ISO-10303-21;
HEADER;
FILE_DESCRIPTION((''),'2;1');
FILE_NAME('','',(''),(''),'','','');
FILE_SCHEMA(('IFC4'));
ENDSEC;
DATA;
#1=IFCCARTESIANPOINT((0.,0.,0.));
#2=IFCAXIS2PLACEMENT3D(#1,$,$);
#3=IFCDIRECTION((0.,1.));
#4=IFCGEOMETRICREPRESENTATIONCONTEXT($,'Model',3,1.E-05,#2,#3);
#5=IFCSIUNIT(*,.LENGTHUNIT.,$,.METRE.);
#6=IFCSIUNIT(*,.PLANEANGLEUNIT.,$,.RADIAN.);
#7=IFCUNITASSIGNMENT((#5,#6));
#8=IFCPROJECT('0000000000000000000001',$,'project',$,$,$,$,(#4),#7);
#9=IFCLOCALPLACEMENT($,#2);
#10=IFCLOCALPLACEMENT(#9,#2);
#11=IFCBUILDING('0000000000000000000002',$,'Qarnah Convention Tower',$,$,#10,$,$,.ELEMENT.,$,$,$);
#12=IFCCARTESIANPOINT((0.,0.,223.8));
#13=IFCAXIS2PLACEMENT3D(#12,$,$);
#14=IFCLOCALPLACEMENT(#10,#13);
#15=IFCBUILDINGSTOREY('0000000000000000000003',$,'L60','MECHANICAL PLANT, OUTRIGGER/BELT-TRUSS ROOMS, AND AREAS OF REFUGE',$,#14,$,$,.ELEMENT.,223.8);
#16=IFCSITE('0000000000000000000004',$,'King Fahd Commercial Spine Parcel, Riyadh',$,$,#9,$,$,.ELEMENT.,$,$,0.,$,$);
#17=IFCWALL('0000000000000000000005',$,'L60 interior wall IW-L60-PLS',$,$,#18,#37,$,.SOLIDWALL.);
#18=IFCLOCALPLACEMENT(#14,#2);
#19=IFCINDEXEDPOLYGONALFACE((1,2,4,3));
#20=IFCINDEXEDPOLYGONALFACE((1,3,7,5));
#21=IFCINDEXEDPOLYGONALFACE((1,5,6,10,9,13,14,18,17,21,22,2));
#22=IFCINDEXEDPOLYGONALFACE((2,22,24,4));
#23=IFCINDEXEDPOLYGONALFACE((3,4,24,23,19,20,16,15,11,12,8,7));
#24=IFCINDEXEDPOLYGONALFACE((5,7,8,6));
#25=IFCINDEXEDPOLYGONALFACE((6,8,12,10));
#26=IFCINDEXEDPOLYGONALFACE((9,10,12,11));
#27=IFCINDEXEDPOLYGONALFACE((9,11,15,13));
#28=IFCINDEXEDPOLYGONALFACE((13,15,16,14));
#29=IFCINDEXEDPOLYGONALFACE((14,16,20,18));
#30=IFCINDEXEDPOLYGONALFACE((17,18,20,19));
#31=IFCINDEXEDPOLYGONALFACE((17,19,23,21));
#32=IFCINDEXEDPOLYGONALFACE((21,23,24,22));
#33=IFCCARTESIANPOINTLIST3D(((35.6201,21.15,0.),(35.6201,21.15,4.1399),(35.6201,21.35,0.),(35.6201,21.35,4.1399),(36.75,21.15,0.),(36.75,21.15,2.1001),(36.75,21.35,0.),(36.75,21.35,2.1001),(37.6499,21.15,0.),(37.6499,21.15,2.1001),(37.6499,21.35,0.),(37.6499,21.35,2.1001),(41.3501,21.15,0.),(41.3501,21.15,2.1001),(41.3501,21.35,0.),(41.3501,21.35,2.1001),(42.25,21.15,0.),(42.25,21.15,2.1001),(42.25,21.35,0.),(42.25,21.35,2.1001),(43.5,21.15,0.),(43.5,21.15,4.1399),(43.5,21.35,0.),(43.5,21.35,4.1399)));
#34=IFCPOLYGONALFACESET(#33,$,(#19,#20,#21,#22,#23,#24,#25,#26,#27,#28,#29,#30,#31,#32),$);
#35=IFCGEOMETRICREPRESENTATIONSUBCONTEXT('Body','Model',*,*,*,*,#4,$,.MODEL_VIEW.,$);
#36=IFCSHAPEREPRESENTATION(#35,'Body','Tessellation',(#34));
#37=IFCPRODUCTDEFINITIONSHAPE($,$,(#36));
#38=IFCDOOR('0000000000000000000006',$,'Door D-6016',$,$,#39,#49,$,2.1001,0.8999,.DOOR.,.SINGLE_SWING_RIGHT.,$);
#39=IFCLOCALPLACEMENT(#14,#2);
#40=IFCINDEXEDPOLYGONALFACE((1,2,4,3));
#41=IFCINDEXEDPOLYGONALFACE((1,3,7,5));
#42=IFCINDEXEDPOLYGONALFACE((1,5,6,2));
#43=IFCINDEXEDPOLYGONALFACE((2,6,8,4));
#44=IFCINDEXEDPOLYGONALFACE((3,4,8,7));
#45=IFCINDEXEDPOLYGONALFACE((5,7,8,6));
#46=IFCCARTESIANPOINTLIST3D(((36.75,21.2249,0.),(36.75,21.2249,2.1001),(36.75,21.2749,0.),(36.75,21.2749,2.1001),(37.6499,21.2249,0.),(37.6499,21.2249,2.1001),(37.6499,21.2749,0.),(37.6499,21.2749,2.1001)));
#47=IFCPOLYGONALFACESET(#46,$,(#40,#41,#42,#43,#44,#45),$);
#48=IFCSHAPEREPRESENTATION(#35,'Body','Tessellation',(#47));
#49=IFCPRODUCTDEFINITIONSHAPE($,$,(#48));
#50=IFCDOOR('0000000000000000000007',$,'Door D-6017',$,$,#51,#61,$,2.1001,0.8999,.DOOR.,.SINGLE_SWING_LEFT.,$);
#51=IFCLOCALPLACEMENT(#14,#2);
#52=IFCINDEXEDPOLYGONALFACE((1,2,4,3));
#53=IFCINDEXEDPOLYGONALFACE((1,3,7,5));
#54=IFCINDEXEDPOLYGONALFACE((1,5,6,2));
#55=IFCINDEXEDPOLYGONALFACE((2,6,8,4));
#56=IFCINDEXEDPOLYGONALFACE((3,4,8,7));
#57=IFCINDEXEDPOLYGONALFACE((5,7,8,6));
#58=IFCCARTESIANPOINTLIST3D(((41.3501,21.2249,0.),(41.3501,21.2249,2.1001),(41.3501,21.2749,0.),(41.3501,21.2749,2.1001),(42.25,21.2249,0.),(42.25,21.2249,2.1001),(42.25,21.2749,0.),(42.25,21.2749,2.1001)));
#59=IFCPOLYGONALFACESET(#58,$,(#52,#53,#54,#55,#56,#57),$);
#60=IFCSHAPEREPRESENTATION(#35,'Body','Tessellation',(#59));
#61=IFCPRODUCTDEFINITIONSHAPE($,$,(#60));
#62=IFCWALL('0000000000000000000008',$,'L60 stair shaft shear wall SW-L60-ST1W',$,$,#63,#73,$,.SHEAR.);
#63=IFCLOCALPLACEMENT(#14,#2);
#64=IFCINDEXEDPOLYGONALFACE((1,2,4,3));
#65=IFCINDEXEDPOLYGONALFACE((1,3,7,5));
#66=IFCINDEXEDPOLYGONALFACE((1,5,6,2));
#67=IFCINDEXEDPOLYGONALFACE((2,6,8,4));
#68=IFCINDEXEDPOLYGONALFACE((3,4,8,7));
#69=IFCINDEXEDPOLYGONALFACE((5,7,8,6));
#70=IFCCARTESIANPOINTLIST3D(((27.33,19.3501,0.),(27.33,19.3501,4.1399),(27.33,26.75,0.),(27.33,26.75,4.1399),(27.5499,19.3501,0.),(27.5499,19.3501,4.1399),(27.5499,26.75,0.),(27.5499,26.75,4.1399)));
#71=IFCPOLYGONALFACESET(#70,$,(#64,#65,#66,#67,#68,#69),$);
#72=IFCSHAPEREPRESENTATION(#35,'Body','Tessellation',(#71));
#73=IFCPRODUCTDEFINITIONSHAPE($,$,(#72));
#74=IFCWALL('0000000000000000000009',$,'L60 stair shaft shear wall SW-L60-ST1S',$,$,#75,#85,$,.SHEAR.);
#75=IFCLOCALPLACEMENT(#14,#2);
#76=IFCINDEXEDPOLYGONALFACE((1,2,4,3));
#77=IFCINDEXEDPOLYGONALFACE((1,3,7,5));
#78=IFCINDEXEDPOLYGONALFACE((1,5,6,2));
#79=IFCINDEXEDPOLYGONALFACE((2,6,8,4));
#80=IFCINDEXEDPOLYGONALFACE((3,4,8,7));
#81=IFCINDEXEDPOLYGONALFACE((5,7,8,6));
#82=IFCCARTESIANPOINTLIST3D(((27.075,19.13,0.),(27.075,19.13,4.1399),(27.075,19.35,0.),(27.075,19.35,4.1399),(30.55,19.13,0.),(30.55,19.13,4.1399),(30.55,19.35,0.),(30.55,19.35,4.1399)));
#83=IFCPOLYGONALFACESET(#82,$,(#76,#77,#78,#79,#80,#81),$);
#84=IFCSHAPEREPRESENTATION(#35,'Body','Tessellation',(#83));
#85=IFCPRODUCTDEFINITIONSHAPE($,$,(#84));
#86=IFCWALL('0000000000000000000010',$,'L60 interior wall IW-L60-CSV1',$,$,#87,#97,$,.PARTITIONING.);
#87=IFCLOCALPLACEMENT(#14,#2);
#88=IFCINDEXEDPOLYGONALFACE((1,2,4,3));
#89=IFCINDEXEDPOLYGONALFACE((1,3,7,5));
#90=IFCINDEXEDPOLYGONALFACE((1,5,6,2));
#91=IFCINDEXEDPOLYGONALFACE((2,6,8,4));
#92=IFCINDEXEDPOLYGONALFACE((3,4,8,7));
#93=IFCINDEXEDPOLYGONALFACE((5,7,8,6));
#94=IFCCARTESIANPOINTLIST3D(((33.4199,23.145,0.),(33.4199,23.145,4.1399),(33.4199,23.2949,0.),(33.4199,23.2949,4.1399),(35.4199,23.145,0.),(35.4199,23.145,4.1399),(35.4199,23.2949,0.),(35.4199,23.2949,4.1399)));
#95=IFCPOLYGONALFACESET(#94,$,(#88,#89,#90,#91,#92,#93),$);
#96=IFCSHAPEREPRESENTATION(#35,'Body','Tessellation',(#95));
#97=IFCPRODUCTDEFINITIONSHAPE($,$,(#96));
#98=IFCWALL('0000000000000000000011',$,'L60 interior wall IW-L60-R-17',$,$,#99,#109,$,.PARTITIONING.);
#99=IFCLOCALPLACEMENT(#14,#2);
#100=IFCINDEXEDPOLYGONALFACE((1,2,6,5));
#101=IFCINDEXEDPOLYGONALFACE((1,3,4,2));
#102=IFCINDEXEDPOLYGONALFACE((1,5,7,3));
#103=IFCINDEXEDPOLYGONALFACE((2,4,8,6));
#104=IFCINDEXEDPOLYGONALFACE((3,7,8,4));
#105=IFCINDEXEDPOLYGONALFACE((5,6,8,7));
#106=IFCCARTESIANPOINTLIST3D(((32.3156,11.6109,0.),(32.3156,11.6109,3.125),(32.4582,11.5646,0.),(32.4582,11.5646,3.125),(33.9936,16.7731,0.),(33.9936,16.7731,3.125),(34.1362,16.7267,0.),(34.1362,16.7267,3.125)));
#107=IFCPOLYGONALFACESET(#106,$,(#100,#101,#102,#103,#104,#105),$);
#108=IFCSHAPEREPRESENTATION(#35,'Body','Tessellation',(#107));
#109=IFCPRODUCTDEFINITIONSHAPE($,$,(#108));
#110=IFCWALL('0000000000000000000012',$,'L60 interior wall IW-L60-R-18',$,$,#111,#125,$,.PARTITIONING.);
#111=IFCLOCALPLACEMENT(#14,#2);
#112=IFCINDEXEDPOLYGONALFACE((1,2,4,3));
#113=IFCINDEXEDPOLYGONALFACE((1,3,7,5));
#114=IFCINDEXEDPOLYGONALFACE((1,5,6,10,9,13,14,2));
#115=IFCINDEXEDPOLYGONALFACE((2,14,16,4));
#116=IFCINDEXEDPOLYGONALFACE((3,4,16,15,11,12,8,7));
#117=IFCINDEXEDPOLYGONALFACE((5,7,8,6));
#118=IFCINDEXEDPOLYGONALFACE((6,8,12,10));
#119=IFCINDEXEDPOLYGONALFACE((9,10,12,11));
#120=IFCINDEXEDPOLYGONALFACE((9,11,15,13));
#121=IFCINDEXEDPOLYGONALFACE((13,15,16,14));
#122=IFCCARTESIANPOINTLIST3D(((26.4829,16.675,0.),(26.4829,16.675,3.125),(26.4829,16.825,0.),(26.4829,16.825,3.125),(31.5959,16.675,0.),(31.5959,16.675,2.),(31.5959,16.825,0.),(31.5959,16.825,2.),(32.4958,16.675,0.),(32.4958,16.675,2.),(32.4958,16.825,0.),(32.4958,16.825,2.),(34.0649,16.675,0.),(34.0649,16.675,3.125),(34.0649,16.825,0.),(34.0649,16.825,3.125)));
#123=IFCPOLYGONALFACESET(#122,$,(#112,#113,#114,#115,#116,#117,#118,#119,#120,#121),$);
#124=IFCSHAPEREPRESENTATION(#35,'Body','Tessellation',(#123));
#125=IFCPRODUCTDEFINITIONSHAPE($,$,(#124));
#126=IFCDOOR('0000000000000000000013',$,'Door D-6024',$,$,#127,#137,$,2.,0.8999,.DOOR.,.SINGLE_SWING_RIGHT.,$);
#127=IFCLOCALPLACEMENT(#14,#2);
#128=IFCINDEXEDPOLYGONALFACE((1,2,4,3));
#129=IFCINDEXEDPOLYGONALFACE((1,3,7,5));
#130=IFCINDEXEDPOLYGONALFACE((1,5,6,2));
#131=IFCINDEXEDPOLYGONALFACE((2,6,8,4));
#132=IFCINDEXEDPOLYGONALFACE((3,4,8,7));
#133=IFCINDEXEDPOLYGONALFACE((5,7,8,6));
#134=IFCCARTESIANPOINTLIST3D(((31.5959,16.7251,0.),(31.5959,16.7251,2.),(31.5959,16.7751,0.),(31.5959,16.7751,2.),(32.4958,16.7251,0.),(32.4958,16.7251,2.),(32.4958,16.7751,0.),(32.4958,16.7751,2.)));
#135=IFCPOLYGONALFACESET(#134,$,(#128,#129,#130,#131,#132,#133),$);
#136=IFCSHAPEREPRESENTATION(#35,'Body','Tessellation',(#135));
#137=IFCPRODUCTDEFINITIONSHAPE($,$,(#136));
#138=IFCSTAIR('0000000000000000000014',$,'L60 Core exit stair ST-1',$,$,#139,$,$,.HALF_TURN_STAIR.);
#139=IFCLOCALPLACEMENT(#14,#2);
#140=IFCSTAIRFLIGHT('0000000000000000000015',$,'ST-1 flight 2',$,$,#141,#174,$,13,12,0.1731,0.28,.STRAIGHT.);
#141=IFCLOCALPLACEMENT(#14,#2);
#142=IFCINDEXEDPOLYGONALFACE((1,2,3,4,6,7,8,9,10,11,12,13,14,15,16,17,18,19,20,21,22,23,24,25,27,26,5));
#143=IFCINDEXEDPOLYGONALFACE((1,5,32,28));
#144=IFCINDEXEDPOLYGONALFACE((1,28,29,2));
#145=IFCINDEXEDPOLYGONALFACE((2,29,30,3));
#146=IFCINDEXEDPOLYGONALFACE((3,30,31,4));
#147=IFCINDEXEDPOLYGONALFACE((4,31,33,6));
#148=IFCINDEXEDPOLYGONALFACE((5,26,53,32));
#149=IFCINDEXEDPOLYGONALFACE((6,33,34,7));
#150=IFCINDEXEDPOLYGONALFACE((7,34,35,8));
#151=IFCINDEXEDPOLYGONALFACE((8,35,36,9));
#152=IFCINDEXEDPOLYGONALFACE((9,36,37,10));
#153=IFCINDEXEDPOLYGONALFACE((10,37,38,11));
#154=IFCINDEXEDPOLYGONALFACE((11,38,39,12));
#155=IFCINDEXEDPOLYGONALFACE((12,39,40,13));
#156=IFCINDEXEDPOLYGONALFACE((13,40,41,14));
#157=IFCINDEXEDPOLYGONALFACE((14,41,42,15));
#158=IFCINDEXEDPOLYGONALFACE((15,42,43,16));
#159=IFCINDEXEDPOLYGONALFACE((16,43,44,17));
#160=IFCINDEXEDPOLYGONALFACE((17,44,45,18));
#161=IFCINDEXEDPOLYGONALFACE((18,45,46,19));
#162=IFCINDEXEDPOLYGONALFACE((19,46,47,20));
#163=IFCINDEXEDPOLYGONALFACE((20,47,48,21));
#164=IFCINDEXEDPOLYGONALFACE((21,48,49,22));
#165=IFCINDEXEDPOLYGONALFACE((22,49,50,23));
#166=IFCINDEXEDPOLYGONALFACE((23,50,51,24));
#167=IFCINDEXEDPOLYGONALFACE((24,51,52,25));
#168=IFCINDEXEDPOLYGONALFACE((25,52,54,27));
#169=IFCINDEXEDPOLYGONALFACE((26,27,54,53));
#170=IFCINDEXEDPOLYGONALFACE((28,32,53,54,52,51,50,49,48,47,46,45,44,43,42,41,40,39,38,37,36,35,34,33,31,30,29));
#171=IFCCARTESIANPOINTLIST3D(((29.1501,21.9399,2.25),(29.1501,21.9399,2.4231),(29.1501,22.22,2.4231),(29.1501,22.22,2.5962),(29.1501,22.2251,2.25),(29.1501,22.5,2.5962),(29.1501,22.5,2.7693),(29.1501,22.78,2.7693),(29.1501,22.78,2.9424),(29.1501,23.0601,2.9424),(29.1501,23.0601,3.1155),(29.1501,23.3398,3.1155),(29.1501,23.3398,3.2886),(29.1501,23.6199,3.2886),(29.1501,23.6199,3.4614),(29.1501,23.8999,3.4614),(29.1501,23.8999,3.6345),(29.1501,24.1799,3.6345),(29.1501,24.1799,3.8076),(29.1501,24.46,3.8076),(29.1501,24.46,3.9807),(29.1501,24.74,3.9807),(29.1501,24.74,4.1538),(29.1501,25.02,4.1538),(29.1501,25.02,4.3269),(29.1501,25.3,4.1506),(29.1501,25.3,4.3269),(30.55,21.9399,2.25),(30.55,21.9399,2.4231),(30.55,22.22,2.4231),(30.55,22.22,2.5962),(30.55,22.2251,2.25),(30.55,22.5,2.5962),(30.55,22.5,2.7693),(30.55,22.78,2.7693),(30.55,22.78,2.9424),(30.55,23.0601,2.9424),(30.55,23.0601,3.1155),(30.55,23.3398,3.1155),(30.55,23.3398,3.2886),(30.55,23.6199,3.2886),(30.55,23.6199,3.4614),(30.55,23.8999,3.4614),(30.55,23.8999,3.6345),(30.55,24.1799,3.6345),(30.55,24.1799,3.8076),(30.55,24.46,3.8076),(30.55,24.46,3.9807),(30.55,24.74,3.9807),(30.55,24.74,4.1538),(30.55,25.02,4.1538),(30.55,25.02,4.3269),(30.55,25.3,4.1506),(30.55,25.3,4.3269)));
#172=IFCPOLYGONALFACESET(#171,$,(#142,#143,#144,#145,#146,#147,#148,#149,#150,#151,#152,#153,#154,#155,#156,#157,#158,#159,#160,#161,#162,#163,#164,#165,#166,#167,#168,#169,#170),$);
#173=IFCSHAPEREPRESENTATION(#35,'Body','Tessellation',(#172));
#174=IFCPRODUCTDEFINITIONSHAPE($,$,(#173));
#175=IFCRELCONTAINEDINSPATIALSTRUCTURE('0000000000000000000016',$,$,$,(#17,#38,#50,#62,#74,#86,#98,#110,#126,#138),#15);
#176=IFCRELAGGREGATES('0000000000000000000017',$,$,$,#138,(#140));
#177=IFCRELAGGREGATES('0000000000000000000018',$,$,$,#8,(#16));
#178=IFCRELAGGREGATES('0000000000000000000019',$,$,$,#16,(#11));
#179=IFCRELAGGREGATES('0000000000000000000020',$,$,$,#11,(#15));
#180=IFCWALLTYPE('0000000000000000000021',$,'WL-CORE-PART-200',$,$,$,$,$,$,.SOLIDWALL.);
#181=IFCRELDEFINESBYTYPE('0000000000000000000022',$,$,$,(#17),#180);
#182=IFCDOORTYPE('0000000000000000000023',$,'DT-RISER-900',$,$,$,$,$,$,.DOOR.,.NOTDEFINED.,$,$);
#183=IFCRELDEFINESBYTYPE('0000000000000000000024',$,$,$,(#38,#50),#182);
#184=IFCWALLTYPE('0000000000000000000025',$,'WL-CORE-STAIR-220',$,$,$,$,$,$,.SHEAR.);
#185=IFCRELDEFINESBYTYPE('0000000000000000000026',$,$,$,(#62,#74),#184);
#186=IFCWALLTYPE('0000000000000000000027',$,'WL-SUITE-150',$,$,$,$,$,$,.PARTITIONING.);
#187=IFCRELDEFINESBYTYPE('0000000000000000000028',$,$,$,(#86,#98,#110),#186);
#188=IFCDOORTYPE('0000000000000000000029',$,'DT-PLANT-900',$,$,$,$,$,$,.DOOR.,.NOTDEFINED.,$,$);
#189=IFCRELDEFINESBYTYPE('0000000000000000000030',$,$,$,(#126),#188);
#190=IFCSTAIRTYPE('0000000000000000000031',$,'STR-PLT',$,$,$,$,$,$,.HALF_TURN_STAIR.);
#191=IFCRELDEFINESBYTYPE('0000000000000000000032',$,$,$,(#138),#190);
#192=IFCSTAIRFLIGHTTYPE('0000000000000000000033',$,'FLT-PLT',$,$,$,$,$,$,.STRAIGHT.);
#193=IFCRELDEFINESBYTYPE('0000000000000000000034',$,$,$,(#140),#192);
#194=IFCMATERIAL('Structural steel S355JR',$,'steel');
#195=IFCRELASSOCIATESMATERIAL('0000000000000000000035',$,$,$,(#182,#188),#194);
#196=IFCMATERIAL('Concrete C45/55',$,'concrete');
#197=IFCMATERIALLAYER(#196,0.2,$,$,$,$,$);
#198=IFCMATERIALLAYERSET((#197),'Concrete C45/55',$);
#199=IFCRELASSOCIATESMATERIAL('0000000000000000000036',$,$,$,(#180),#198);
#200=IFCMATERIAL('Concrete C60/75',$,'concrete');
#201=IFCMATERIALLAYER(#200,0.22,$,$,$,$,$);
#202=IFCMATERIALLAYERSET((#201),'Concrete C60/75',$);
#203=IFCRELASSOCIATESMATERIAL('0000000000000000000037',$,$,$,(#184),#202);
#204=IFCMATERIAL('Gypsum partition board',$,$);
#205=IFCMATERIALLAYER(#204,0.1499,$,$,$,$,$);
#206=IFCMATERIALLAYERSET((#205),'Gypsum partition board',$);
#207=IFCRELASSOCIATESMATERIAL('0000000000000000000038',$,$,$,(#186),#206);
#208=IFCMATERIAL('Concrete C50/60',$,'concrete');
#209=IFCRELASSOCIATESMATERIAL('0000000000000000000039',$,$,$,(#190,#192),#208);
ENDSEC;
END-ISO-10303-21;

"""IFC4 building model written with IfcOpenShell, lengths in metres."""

from ifc_helpers import new_model, si_unit, direction, frame, frame_2d, origin, place, context, subcontext, project, spatial, polyline, rectangle, outline, extrude, material, layer, layer_set, type_object, element, fill, aggregate, save


model = new_model("IFC4")

# Units and contexts
model_context = context("Model", 3, precision=1e-05, world=origin(), true_north=direction((0.0, 1.0)))
body_context = subcontext(model_context, "Body", "Model", "MODEL_VIEW")
ifc_project = project(units=[si_unit("LENGTHUNIT", "METRE"), si_unit("PLANEANGLEUNIT", "RADIAN")], contexts=[model_context])

# Site, building, storey
site_placement = place(None, origin())
site = spatial("IfcSite", under=ifc_project, at=site_placement, Name="King Fahd Commercial Spine Parcel, Riyadh", CompositionType="ELEMENT", RefElevation=0.0)
building_placement = place(site_placement, origin())
building = spatial("IfcBuilding", under=site, at=building_placement, Name="Qarnah Convention Tower", CompositionType="ELEMENT")
storey_placement = place(building_placement, frame((0.0, 0.0, 223.8)))
storey = spatial("IfcBuildingStorey", under=building, at=storey_placement, Name="L60", Description="MECHANICAL PLANT, OUTRIGGER/BELT-TRUSS ROOMS, AND AREAS OF REFUGE", CompositionType="ELEMENT", Elevation=223.8)

# Shared definitions
ifc_material_1 = material(Name="Concrete C50/60", Category="concrete")

# Shared definitions
ifc_material_2 = material(Name="Structural steel S355JR", Category="steel")

# Shared definitions
ifc_material_3 = material(Name="Concrete C60/75", Category="concrete")
door_type_1 = type_object("IfcDoorType", Name="DT-RISER-900", OperationType="NOTDEFINED", PredefinedType="DOOR", material=ifc_material_2)
ifc_material_4 = material(Name="Concrete C45/55", Category="concrete")
ifc_layer_1 = layer(ifc_material_4, 0.2)
ifc_layer_set_1 = layer_set([ifc_layer_1], Name="Concrete C45/55")
wall_type_1 = type_object("IfcWallType", Name="WL-CORE-PART-200", PredefinedType="SOLIDWALL", material=ifc_layer_set_1)

# Wall, openings, doors
wall_1_placement = place(storey_placement, frame((35.6201, 21.25, 0.0), z_axis=(0.0, 0.0, 1.0), x_axis=(1.0, 0.0, 0.0)))
wall_1 = element("IfcWall", 1, at=wall_1_placement, inside=storey, type_object=wall_type_1, Name="L60 interior wall IW-L60-PLS", PredefinedType="SOLIDWALL", context=body_context, shape_type="SweptSolid", body=[
    extrude(rectangle(XDim=7.8799, YDim=0.2, at=frame_2d((3.9399, 0.0))), origin(), (0.0, 0.0, 1.0), 4.1399),
])
opening_1_placement = place(wall_1_placement, frame((1.1299, 0.0, 0.0)))
opening_1 = element("IfcOpeningElement", 2, at=opening_1_placement, cuts=wall_1, PredefinedType="OPENING", context=body_context, shape_type="SweptSolid", body=[
    extrude(rectangle(XDim=0.8999, YDim=2.1001, at=frame_2d((0.45, 1.05))), frame((0.0, 0.1099, 0.0), z_axis=(0.0, -1.0, 0.0), x_axis=(1.0, 0.0, 0.0)), (0.0, 0.0, 1.0), 0.22),
])
opening_2_placement = place(wall_1_placement, frame((5.73, 0.0, 0.0)))
opening_2 = element("IfcOpeningElement", 3, at=opening_2_placement, cuts=wall_1, PredefinedType="OPENING", context=body_context, shape_type="SweptSolid", body=[
    extrude(rectangle(XDim=0.8999, YDim=2.1001, at=frame_2d((0.45, 1.05))), frame((0.0, 0.1099, 0.0), z_axis=(0.0, -1.0, 0.0), x_axis=(1.0, 0.0, 0.0)), (0.0, 0.0, 1.0), 0.22),
])
door_1_placement = place(opening_1_placement, origin())
door_1 = element("IfcDoor", 4, at=door_1_placement, inside=storey, type_object=door_type_1, Name="Door D-6016", OperationType="SINGLE_SWING_RIGHT", OverallHeight=2.1001, OverallWidth=0.8999, PredefinedType="DOOR", context=body_context, shape_type="SweptSolid", body=[
    extrude(rectangle(XDim=0.8999, YDim=2.1001, at=frame_2d((0.45, 1.05))), frame((0.0, 0.0249, 0.0), z_axis=(0.0, -1.0, 0.0), x_axis=(1.0, 0.0, 0.0)), (0.0, 0.0, 1.0), 0.05),
])
fill(opening_1, door_1)
door_2_placement = place(opening_2_placement, origin())
door_2 = element("IfcDoor", 5, at=door_2_placement, inside=storey, type_object=door_type_1, Name="Door D-6017", OperationType="SINGLE_SWING_LEFT", OverallHeight=2.1001, OverallWidth=0.8999, PredefinedType="DOOR", context=body_context, shape_type="SweptSolid", body=[
    extrude(rectangle(XDim=0.8999, YDim=2.1001, at=frame_2d((0.45, 1.05))), frame((0.0, 0.0249, 0.0), z_axis=(0.0, -1.0, 0.0), x_axis=(1.0, 0.0, 0.0)), (0.0, 0.0, 1.0), 0.05),
])
fill(opening_2, door_2)

# Walls
ifc_layer_2 = layer(ifc_material_3, 0.22)
ifc_layer_set_2 = layer_set([ifc_layer_2], Name="Concrete C60/75")
wall_type_2 = type_object("IfcWallType", Name="WL-CORE-STAIR-220", PredefinedType="SHEAR", material=ifc_layer_set_2)
wall_2_placement = place(storey_placement, frame((27.4399, 19.3501, 0.0), z_axis=(0.0, 0.0, 1.0), x_axis=(0.0, 1.0, 0.0)))
element("IfcWall", 6, at=wall_2_placement, inside=storey, type_object=wall_type_2, Name="L60 stair shaft shear wall SW-L60-ST1W", PredefinedType="SHEAR", context=body_context, shape_type="SweptSolid", body=[
    extrude(rectangle(XDim=7.3999, YDim=0.22, at=frame_2d((3.7, 0.0))), origin(), (0.0, 0.0, 1.0), 4.1399),
])
wall_3_placement = place(storey_placement, frame((27.075, 19.24, 0.0), z_axis=(0.0, 0.0, 1.0), x_axis=(1.0, 0.0, 0.0)))
element("IfcWall", 7, at=wall_3_placement, inside=storey, type_object=wall_type_2, Name="L60 stair shaft shear wall SW-L60-ST1S", PredefinedType="SHEAR", context=body_context, shape_type="SweptSolid", body=[
    extrude(rectangle(XDim=3.4751, YDim=0.22, at=frame_2d((1.7375, 0.0))), origin(), (0.0, 0.0, 1.0), 4.1399),
])
ifc_material_5 = material(Name="Gypsum partition board")
ifc_layer_3 = layer(ifc_material_5, 0.1499)
ifc_layer_set_3 = layer_set([ifc_layer_3], Name="Gypsum partition board")
wall_type_3 = type_object("IfcWallType", Name="WL-SUITE-150", PredefinedType="PARTITIONING", material=ifc_layer_set_3)
wall_4_placement = place(storey_placement, frame((33.4199, 23.22, 0.0), z_axis=(0.0, 0.0, 1.0), x_axis=(1.0, 0.0, 0.0)))
element("IfcWall", 8, at=wall_4_placement, inside=storey, type_object=wall_type_3, Name="L60 interior wall IW-L60-CSV1", PredefinedType="PARTITIONING", context=body_context, shape_type="SweptSolid", body=[
    extrude(rectangle(XDim=2.0, YDim=0.1499, at=frame_2d((1.0, 0.0))), origin(), (0.0, 0.0, 1.0), 4.1399),
])
wall_5_placement = place(storey_placement, frame((32.387, 11.5879, 0.0), z_axis=(0.0, 0.0, 1.0), x_axis=(0.309135, 0.951018, 0.0)))
element("IfcWall", 9, at=wall_5_placement, inside=storey, type_object=wall_type_3, Name="L60 interior wall IW-L60-R-17", PredefinedType="PARTITIONING", context=body_context, shape_type="SweptSolid", body=[
    extrude(rectangle(XDim=5.428, YDim=0.1499, at=frame_2d((2.7139, 0.0))), origin(), (0.0, 0.0, 1.0), 3.125),
])

# Wall, opening, door
wall_6_placement = place(storey_placement, frame((34.0649, 16.75, 0.0), z_axis=(0.0, 0.0, 1.0), x_axis=(-1.0, 0.0, 0.0)))
wall_6 = element("IfcWall", 10, at=wall_6_placement, inside=storey, type_object=wall_type_3, Name="L60 interior wall IW-L60-R-18", PredefinedType="PARTITIONING", context=body_context, shape_type="SweptSolid", body=[
    extrude(rectangle(XDim=7.582, YDim=0.1499, at=frame_2d((3.791, 0.0))), origin(), (0.0, 0.0, 1.0), 3.125),
])
opening_3_placement = place(wall_6_placement, frame((1.5691, 0.0, 0.0)))
opening_3 = element("IfcOpeningElement", 11, at=opening_3_placement, cuts=wall_6, PredefinedType="OPENING", context=body_context, shape_type="SweptSolid", body=[
    extrude(rectangle(XDim=0.8999, YDim=2.0, at=frame_2d((0.45, 1.0))), frame((0.0, 0.085, 0.0), z_axis=(0.0, -1.0, 0.0), x_axis=(1.0, 0.0, 0.0)), (0.0, 0.0, 1.0), 0.1699),
])
door_type_2 = type_object("IfcDoorType", Name="DT-PLANT-900", OperationType="NOTDEFINED", PredefinedType="DOOR", material=ifc_material_2)
door_3_placement = place(opening_3_placement, origin())
door_3 = element("IfcDoor", 12, at=door_3_placement, inside=storey, type_object=door_type_2, Name="Door D-6024", OperationType="SINGLE_SWING_RIGHT", OverallHeight=2.0, OverallWidth=0.8999, PredefinedType="DOOR", context=body_context, shape_type="SweptSolid", body=[
    extrude(rectangle(XDim=0.8999, YDim=2.0, at=frame_2d((0.45, 1.0))), frame((0.0, 0.0249, 0.0), z_axis=(0.0, -1.0, 0.0), x_axis=(1.0, 0.0, 0.0)), (0.0, 0.0, 1.0), 0.05),
])
fill(opening_3, door_3)

# Stair, stair flight
stair_type = type_object("IfcStairType", Name="STR-PLT", PredefinedType="HALF_TURN_STAIR", material=ifc_material_1)
stair_placement = place(storey_placement, origin())
stair = element("IfcStair", 13, at=stair_placement, inside=storey, type_object=stair_type, Name="L60 Core exit stair ST-1", PredefinedType="HALF_TURN_STAIR")
stair_flight_type = type_object("IfcStairFlightType", Name="FLT-PLT", PredefinedType="STRAIGHT", material=ifc_material_1)
stair_flight_placement = place(storey_placement, frame((29.8501, 21.9399, 2.25), z_axis=(0.0, 0.0, 1.0), x_axis=(0.0, 1.0, 0.0)))
stair_flight = element("IfcStairFlight", 14, at=stair_flight_placement, type_object=stair_flight_type, Name="ST-1 flight 2", NumberOfRisers=13, NumberOfTreads=12, PredefinedType="STRAIGHT", RiserHeight=0.1731, TreadLength=0.28, context=body_context, shape_type="SweptSolid", body=[
    extrude(outline(polyline([(0.0, 0.0), (0.0, 0.1731), (0.28, 0.1731), (0.28, 0.3462), (0.5601, 0.3462), (0.5601, 0.5193), (0.8401, 0.5193), (0.8401, 0.6924), (1.1201, 0.6924), (1.1201, 0.8655), (1.3999, 0.8655), (1.3999, 1.0386), (1.6799, 1.0386), (1.6799, 1.2114), (1.96, 1.2114), (1.96, 1.3845), (2.24, 1.3845), (2.24, 1.5576), (2.52, 1.5576), (2.52, 1.7307), (2.8, 1.7307), (2.8, 1.9038), (3.0801, 1.9038), (3.0801, 2.0769), (3.3601, 2.0769), (3.3601, 2.25), (3.3601, 1.9006), (0.2852, 0.0), (0.0, 0.0)])), frame((0.0, 0.7, 0.0), z_axis=(0.0, -1.0, 0.0), x_axis=(1.0, 0.0, 0.0)), (0.0, 0.0, 1.0), 1.3999),
])
aggregate(stair, [stair_flight])

save(model, "model.ifc")
